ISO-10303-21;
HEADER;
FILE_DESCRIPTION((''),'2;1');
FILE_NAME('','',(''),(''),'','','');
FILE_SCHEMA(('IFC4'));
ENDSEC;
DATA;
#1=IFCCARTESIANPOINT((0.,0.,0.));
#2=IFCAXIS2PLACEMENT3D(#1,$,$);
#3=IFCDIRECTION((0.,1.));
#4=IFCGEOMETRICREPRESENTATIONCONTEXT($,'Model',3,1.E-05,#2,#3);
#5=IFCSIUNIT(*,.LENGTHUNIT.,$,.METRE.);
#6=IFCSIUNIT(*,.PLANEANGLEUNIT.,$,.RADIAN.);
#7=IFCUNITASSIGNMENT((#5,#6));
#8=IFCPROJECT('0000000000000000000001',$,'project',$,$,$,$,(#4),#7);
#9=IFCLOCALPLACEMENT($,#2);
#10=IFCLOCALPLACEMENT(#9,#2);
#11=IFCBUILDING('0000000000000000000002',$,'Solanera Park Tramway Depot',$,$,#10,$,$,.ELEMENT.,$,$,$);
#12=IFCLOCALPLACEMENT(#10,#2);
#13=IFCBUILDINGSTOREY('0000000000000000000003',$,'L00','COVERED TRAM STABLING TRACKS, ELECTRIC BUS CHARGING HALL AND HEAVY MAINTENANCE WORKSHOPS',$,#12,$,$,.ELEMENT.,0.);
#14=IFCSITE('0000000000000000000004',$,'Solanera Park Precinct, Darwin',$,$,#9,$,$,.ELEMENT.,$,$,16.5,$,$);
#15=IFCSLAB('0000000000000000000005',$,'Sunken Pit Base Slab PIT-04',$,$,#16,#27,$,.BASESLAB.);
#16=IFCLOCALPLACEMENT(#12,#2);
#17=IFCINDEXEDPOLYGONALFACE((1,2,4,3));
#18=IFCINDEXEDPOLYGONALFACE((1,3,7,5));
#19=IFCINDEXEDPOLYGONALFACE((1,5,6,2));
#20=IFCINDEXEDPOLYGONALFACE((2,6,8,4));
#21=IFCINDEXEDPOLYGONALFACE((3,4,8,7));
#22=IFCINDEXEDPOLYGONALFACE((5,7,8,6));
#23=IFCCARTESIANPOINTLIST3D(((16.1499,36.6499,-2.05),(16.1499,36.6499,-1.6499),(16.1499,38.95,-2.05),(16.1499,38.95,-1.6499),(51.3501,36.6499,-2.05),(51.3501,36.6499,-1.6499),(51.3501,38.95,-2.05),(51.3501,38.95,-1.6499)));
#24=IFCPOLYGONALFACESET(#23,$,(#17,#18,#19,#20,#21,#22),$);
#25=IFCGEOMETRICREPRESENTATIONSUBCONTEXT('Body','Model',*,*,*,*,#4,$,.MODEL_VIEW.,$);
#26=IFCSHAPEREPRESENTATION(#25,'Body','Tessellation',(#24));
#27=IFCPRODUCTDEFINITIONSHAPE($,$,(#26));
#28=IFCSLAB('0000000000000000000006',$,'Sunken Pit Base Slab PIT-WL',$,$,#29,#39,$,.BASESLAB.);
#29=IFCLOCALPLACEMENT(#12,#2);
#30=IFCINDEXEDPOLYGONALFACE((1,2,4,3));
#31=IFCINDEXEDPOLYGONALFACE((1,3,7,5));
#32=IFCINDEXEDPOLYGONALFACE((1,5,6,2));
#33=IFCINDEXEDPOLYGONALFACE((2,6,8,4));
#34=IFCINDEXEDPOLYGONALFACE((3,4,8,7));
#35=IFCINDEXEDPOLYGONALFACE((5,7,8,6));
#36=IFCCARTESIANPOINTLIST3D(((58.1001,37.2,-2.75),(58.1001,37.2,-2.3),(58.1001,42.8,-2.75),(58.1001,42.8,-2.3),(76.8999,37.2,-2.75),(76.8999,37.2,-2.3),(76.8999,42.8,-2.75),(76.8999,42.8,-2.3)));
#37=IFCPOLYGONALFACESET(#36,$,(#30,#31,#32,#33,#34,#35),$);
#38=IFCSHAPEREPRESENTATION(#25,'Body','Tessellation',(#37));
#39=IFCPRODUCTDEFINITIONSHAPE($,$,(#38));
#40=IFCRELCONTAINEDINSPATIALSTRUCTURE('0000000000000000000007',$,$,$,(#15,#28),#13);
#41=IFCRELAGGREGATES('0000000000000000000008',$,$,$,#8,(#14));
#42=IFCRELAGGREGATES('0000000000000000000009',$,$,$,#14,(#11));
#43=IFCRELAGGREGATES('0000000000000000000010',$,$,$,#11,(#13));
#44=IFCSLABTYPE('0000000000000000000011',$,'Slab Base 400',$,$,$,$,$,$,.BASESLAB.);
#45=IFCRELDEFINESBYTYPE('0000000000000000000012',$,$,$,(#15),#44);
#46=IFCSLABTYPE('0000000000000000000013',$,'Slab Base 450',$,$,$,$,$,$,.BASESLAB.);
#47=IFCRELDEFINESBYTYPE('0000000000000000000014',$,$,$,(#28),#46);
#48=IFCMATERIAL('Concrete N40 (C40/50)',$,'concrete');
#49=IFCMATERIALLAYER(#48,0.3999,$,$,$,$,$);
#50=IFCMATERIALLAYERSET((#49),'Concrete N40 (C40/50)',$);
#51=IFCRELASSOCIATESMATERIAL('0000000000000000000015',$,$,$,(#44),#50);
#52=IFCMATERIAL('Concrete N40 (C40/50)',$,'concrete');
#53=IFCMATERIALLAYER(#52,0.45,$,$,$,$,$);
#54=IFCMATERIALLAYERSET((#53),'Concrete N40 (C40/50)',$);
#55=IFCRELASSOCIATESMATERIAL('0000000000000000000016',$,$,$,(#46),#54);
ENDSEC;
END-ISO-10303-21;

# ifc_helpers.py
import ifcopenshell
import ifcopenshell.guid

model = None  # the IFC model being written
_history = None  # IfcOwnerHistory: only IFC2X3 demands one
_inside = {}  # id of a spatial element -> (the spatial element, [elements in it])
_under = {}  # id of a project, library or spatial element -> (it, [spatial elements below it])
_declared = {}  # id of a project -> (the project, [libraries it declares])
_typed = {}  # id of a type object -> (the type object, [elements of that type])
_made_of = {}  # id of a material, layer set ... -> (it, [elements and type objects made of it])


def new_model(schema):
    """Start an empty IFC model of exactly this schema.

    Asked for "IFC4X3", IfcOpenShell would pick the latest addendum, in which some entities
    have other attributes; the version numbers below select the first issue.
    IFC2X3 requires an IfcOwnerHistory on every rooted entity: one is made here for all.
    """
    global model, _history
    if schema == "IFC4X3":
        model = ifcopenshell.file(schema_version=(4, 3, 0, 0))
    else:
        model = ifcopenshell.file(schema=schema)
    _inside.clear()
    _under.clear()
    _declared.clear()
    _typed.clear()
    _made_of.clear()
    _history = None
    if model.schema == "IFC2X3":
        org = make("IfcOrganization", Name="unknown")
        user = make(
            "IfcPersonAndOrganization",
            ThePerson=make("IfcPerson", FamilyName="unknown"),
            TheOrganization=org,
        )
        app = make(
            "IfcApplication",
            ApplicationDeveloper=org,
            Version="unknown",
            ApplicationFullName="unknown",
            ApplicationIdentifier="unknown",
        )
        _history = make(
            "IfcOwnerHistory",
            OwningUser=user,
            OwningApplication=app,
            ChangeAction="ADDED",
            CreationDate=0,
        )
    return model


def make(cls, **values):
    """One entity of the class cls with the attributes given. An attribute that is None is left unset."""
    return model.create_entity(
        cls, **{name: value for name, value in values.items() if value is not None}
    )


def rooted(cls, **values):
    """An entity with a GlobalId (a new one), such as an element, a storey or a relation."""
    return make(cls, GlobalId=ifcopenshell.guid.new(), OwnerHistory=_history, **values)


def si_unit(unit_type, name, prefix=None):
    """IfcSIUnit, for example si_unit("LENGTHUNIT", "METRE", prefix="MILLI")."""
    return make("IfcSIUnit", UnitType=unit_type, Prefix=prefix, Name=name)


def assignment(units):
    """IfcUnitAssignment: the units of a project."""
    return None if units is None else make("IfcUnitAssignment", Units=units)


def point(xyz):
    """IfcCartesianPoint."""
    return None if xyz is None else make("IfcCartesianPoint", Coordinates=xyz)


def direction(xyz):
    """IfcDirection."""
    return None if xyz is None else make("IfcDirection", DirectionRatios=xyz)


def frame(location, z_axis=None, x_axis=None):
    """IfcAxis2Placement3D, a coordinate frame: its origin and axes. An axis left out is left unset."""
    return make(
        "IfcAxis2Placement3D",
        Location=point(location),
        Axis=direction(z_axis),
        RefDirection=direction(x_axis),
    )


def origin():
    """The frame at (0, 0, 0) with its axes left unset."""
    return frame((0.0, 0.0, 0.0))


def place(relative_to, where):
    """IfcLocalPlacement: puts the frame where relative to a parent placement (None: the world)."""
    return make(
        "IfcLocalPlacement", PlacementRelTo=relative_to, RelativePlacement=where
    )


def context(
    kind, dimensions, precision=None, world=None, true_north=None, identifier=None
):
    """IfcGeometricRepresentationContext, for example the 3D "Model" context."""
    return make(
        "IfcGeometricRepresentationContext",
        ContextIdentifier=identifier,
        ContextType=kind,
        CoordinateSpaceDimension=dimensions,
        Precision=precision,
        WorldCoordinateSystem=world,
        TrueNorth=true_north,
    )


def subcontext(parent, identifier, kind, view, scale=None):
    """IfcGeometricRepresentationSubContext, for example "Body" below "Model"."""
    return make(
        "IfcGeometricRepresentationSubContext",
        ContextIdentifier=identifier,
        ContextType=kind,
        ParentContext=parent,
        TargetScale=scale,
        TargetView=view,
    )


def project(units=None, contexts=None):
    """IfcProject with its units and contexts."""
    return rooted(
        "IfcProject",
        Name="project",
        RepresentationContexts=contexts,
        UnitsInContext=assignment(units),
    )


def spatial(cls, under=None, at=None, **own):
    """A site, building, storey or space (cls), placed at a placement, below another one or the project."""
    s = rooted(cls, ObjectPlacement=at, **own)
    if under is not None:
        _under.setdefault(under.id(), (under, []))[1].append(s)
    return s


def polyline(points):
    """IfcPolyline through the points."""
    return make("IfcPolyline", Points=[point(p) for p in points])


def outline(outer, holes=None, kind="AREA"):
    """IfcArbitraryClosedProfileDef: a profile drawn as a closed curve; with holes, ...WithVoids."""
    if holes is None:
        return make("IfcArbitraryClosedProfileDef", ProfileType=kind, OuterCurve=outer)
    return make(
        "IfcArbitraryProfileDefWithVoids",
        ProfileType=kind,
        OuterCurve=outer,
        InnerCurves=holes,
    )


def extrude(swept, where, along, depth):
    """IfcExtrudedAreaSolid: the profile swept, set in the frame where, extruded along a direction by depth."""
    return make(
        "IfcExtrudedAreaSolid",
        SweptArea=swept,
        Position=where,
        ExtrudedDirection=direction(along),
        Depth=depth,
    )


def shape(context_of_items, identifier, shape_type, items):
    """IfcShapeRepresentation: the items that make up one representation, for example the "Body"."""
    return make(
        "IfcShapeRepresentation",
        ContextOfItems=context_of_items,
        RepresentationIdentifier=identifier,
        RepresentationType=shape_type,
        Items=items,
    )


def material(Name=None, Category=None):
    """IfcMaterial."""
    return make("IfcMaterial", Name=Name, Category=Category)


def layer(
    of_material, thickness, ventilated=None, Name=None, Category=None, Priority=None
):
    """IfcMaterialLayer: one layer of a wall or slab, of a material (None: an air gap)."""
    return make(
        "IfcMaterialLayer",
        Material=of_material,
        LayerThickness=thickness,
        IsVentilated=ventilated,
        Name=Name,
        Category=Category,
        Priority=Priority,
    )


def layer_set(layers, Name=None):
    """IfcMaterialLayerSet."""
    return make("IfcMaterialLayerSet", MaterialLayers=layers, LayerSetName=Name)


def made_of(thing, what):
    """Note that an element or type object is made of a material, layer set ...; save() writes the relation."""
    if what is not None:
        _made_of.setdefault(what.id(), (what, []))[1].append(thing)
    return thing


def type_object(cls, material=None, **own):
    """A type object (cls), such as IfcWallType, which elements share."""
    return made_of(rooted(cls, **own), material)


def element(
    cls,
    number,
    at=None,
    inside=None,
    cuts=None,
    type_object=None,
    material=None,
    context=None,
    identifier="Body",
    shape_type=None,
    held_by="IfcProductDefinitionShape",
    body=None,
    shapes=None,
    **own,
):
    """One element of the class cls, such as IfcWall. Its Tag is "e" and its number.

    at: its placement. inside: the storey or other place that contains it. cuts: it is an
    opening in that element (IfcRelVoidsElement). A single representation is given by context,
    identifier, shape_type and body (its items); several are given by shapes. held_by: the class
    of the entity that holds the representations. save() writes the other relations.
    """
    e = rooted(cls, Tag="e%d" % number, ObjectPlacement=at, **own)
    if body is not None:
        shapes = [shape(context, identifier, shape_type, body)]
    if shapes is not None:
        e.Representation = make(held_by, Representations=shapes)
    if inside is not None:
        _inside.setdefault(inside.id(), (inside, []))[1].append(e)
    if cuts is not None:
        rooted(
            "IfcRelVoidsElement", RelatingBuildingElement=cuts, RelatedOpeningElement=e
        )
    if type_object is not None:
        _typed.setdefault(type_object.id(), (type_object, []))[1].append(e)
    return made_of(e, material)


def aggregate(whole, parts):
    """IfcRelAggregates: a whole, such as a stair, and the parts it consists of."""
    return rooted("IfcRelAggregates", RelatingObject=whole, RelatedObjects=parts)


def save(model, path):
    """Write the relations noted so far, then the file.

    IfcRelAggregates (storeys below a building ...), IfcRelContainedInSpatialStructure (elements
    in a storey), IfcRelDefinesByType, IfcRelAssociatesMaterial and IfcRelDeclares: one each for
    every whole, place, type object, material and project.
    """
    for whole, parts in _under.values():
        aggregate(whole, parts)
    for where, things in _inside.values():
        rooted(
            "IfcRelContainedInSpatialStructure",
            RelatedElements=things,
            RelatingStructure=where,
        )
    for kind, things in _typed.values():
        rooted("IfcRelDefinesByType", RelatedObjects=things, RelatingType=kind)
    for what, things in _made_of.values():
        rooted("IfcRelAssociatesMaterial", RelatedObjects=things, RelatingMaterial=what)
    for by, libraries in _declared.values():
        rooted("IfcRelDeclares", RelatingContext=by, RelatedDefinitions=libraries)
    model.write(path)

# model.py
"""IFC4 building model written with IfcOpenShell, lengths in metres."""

from ifc_helpers import new_model, si_unit, direction, frame, origin, place, context, subcontext, project, spatial, polyline, outline, extrude, material, layer, layer_set, type_object, element, save


model = new_model("IFC4")

# Units and contexts
model_context = context("Model", 3, precision=1e-05, world=origin(), true_north=direction((0.0, 1.0)))
body_context = subcontext(model_context, "Body", "Model", "MODEL_VIEW")
ifc_project = project(units=[si_unit("LENGTHUNIT", "METRE"), si_unit("PLANEANGLEUNIT", "RADIAN")], contexts=[model_context])

# Site, building, storey
site_placement = place(None, origin())
site = spatial("IfcSite", under=ifc_project, at=site_placement, Name="Solanera Park Precinct, Darwin", CompositionType="ELEMENT", RefElevation=16.5)
building_placement = place(site_placement, origin())
building = spatial("IfcBuilding", under=site, at=building_placement, Name="Solanera Park Tramway Depot", CompositionType="ELEMENT")
storey_placement = place(building_placement, origin())
storey = spatial("IfcBuildingStorey", under=building, at=storey_placement, Name="L00", Description="COVERED TRAM STABLING TRACKS, ELECTRIC BUS CHARGING HALL AND HEAVY MAINTENANCE WORKSHOPS", CompositionType="ELEMENT", Elevation=0.0)

# Slabs
ifc_material_1 = material(Name="Concrete N40 (C40/50)", Category="concrete")
ifc_layer_1 = layer(ifc_material_1, 0.3999)
ifc_layer_set_1 = layer_set([ifc_layer_1], Name="Concrete N40 (C40/50)")
slab_type_1 = type_object("IfcSlabType", Name="Slab Base 400", PredefinedType="BASESLAB", material=ifc_layer_set_1)
slab_1_placement = place(storey_placement, frame((0.0, 0.0, -2.05)))
element("IfcSlab", 1, at=slab_1_placement, inside=storey, type_object=slab_type_1, Name="Sunken Pit Base Slab PIT-04", PredefinedType="BASESLAB", context=body_context, shape_type="SweptSolid", body=[
    extrude(outline(polyline([(51.3501, 36.6499), (51.3501, 38.95), (16.1499, 38.95), (16.1499, 36.6499), (51.3501, 36.6499)])), origin(), (0.0, 0.0, 1.0), 0.4001),
])
ifc_material_2 = material(Name="Concrete N40 (C40/50)", Category="concrete")
ifc_layer_2 = layer(ifc_material_2, 0.45)
ifc_layer_set_2 = layer_set([ifc_layer_2], Name="Concrete N40 (C40/50)")
slab_type_2 = type_object("IfcSlabType", Name="Slab Base 450", PredefinedType="BASESLAB", material=ifc_layer_set_2)
slab_2_placement = place(storey_placement, frame((0.0, 0.0, -2.75)))
element("IfcSlab", 2, at=slab_2_placement, inside=storey, type_object=slab_type_2, Name="Sunken Pit Base Slab PIT-WL", PredefinedType="BASESLAB", context=body_context, shape_type="SweptSolid", body=[
    extrude(outline(polyline([(76.8999, 37.2), (76.8999, 42.8), (58.1001, 42.8), (58.1001, 37.2), (76.8999, 37.2)])), origin(), (0.0, 0.0, 1.0), 0.45),
])

save(model, "model.ifc")
